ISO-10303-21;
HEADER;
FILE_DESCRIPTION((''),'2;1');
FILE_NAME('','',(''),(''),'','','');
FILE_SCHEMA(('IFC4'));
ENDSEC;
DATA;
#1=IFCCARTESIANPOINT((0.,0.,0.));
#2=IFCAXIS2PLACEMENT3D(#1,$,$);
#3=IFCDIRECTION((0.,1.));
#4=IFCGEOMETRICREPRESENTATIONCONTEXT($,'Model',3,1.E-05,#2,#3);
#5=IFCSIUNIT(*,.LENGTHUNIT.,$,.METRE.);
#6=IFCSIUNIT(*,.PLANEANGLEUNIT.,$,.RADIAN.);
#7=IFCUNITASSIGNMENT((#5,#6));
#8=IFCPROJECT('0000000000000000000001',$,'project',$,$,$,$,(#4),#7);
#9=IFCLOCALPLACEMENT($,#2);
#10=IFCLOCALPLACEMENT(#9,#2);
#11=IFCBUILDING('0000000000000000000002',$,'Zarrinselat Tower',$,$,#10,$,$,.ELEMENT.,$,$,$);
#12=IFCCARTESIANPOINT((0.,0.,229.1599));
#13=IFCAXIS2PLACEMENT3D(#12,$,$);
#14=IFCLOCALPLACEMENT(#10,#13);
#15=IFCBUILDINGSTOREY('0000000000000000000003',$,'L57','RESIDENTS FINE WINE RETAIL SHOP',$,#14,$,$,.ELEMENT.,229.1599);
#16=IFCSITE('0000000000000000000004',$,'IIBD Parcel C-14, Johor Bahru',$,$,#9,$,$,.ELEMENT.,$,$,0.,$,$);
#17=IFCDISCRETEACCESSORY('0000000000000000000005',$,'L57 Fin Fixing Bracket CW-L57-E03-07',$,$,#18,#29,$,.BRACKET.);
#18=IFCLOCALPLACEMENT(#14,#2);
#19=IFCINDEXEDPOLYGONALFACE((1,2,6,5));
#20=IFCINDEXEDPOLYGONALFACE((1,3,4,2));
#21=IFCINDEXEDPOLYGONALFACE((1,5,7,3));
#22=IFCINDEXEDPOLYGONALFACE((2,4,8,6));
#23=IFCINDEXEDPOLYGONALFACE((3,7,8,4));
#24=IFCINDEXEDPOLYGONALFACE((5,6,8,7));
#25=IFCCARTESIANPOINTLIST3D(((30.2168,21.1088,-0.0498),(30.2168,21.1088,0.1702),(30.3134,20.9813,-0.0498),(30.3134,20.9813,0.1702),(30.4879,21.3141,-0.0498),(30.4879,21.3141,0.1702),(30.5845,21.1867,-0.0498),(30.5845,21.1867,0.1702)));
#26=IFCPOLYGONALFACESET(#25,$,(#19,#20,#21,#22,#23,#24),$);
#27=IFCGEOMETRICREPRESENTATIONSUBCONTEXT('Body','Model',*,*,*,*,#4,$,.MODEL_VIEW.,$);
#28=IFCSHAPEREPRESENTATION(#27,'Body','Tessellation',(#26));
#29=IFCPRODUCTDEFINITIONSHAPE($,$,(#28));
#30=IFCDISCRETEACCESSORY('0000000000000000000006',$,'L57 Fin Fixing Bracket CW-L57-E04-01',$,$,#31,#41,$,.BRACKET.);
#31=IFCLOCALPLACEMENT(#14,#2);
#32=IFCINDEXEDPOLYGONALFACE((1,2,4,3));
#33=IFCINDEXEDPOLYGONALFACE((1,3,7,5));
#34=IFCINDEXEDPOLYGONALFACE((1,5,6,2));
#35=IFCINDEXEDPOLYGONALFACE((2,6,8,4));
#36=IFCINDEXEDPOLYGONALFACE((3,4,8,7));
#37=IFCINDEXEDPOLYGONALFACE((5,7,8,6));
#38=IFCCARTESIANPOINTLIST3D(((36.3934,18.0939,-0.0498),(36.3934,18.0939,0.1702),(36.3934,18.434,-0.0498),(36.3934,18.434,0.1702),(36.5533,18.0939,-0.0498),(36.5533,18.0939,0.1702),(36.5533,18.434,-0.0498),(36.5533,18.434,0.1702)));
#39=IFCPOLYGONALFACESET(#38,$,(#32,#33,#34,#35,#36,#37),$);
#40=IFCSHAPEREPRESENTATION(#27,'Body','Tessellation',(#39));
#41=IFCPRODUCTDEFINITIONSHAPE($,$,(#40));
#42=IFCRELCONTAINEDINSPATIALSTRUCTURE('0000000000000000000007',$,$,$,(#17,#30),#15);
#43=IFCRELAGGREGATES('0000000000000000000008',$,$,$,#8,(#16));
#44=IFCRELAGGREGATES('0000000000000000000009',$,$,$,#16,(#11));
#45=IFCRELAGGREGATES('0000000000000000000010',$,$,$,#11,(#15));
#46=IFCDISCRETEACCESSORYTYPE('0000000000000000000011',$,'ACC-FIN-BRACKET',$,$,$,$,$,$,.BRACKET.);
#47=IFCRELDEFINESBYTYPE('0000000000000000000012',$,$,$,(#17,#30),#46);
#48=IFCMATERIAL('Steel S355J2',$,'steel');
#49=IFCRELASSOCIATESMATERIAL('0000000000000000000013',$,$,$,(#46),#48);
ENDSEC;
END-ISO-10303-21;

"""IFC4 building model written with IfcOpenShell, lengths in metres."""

from ifc_helpers import new_model, si_unit, direction, frame, origin, origin_2d, place, context, subcontext, project, spatial, rectangle, extrude, material, type_object, element, save


model = new_model("IFC4")

# Units and contexts
model_context = context("Model", 3, precision=1e-05, world=origin(), true_north=direction((0.0, 1.0)))
body_context = subcontext(model_context, "Body", "Model", "MODEL_VIEW")
ifc_project = project(units=[si_unit("LENGTHUNIT", "METRE"), si_unit("PLANEANGLEUNIT", "RADIAN")], contexts=[model_context])

# Site, building, storey
site_placement = place(None, origin())
site = spatial("IfcSite", under=ifc_project, at=site_placement, Name="IIBD Parcel C-14, Johor Bahru", CompositionType="ELEMENT", RefElevation=0.0)
building_placement = place(site_placement, origin())
building = spatial("IfcBuilding", under=site, at=building_placement, Name="Zarrinselat Tower", CompositionType="ELEMENT")
storey_placement = place(building_placement, frame((0.0, 0.0, 229.1599)))
storey = spatial("IfcBuildingStorey", under=building, at=storey_placement, Name="L57", Description="RESIDENTS FINE WINE RETAIL SHOP", CompositionType="ELEMENT", Elevation=229.1599)

# Discrete accessories
ifc_material_1 = material(Name="Steel S355J2", Category="steel")
discrete_accessory_type = type_object("IfcDiscreteAccessoryType", Name="ACC-FIN-BRACKET", PredefinedType="BRACKET", material=ifc_material_1)
for number, where, z_axis, x_axis, name in (
    (1, (30.4006, 21.1477, -0.0498), (0.0, 0.0, 1.0), (-0.797092, -0.603857, 0.0), "L57 Fin Fixing Bracket CW-L57-E03-07"),
    (2, (36.4734, 18.2639, -0.0498), (0.0, 0.0, 1.0), (0.0, -1.0, 0.0), "L57 Fin Fixing Bracket CW-L57-E04-01"),
):
    element("IfcDiscreteAccessory", number, at=place(storey_placement, frame(where, z_axis=z_axis, x_axis=x_axis)), inside=storey, type_object=discrete_accessory_type, Name=name, PredefinedType="BRACKET", context=body_context, shape_type="SweptSolid", body=[
        extrude(rectangle(XDim=0.3401, YDim=0.1599, at=origin_2d()), origin(), (0.0, 0.0, 1.0), 0.22),
    ])

save(model, "model.ifc")
